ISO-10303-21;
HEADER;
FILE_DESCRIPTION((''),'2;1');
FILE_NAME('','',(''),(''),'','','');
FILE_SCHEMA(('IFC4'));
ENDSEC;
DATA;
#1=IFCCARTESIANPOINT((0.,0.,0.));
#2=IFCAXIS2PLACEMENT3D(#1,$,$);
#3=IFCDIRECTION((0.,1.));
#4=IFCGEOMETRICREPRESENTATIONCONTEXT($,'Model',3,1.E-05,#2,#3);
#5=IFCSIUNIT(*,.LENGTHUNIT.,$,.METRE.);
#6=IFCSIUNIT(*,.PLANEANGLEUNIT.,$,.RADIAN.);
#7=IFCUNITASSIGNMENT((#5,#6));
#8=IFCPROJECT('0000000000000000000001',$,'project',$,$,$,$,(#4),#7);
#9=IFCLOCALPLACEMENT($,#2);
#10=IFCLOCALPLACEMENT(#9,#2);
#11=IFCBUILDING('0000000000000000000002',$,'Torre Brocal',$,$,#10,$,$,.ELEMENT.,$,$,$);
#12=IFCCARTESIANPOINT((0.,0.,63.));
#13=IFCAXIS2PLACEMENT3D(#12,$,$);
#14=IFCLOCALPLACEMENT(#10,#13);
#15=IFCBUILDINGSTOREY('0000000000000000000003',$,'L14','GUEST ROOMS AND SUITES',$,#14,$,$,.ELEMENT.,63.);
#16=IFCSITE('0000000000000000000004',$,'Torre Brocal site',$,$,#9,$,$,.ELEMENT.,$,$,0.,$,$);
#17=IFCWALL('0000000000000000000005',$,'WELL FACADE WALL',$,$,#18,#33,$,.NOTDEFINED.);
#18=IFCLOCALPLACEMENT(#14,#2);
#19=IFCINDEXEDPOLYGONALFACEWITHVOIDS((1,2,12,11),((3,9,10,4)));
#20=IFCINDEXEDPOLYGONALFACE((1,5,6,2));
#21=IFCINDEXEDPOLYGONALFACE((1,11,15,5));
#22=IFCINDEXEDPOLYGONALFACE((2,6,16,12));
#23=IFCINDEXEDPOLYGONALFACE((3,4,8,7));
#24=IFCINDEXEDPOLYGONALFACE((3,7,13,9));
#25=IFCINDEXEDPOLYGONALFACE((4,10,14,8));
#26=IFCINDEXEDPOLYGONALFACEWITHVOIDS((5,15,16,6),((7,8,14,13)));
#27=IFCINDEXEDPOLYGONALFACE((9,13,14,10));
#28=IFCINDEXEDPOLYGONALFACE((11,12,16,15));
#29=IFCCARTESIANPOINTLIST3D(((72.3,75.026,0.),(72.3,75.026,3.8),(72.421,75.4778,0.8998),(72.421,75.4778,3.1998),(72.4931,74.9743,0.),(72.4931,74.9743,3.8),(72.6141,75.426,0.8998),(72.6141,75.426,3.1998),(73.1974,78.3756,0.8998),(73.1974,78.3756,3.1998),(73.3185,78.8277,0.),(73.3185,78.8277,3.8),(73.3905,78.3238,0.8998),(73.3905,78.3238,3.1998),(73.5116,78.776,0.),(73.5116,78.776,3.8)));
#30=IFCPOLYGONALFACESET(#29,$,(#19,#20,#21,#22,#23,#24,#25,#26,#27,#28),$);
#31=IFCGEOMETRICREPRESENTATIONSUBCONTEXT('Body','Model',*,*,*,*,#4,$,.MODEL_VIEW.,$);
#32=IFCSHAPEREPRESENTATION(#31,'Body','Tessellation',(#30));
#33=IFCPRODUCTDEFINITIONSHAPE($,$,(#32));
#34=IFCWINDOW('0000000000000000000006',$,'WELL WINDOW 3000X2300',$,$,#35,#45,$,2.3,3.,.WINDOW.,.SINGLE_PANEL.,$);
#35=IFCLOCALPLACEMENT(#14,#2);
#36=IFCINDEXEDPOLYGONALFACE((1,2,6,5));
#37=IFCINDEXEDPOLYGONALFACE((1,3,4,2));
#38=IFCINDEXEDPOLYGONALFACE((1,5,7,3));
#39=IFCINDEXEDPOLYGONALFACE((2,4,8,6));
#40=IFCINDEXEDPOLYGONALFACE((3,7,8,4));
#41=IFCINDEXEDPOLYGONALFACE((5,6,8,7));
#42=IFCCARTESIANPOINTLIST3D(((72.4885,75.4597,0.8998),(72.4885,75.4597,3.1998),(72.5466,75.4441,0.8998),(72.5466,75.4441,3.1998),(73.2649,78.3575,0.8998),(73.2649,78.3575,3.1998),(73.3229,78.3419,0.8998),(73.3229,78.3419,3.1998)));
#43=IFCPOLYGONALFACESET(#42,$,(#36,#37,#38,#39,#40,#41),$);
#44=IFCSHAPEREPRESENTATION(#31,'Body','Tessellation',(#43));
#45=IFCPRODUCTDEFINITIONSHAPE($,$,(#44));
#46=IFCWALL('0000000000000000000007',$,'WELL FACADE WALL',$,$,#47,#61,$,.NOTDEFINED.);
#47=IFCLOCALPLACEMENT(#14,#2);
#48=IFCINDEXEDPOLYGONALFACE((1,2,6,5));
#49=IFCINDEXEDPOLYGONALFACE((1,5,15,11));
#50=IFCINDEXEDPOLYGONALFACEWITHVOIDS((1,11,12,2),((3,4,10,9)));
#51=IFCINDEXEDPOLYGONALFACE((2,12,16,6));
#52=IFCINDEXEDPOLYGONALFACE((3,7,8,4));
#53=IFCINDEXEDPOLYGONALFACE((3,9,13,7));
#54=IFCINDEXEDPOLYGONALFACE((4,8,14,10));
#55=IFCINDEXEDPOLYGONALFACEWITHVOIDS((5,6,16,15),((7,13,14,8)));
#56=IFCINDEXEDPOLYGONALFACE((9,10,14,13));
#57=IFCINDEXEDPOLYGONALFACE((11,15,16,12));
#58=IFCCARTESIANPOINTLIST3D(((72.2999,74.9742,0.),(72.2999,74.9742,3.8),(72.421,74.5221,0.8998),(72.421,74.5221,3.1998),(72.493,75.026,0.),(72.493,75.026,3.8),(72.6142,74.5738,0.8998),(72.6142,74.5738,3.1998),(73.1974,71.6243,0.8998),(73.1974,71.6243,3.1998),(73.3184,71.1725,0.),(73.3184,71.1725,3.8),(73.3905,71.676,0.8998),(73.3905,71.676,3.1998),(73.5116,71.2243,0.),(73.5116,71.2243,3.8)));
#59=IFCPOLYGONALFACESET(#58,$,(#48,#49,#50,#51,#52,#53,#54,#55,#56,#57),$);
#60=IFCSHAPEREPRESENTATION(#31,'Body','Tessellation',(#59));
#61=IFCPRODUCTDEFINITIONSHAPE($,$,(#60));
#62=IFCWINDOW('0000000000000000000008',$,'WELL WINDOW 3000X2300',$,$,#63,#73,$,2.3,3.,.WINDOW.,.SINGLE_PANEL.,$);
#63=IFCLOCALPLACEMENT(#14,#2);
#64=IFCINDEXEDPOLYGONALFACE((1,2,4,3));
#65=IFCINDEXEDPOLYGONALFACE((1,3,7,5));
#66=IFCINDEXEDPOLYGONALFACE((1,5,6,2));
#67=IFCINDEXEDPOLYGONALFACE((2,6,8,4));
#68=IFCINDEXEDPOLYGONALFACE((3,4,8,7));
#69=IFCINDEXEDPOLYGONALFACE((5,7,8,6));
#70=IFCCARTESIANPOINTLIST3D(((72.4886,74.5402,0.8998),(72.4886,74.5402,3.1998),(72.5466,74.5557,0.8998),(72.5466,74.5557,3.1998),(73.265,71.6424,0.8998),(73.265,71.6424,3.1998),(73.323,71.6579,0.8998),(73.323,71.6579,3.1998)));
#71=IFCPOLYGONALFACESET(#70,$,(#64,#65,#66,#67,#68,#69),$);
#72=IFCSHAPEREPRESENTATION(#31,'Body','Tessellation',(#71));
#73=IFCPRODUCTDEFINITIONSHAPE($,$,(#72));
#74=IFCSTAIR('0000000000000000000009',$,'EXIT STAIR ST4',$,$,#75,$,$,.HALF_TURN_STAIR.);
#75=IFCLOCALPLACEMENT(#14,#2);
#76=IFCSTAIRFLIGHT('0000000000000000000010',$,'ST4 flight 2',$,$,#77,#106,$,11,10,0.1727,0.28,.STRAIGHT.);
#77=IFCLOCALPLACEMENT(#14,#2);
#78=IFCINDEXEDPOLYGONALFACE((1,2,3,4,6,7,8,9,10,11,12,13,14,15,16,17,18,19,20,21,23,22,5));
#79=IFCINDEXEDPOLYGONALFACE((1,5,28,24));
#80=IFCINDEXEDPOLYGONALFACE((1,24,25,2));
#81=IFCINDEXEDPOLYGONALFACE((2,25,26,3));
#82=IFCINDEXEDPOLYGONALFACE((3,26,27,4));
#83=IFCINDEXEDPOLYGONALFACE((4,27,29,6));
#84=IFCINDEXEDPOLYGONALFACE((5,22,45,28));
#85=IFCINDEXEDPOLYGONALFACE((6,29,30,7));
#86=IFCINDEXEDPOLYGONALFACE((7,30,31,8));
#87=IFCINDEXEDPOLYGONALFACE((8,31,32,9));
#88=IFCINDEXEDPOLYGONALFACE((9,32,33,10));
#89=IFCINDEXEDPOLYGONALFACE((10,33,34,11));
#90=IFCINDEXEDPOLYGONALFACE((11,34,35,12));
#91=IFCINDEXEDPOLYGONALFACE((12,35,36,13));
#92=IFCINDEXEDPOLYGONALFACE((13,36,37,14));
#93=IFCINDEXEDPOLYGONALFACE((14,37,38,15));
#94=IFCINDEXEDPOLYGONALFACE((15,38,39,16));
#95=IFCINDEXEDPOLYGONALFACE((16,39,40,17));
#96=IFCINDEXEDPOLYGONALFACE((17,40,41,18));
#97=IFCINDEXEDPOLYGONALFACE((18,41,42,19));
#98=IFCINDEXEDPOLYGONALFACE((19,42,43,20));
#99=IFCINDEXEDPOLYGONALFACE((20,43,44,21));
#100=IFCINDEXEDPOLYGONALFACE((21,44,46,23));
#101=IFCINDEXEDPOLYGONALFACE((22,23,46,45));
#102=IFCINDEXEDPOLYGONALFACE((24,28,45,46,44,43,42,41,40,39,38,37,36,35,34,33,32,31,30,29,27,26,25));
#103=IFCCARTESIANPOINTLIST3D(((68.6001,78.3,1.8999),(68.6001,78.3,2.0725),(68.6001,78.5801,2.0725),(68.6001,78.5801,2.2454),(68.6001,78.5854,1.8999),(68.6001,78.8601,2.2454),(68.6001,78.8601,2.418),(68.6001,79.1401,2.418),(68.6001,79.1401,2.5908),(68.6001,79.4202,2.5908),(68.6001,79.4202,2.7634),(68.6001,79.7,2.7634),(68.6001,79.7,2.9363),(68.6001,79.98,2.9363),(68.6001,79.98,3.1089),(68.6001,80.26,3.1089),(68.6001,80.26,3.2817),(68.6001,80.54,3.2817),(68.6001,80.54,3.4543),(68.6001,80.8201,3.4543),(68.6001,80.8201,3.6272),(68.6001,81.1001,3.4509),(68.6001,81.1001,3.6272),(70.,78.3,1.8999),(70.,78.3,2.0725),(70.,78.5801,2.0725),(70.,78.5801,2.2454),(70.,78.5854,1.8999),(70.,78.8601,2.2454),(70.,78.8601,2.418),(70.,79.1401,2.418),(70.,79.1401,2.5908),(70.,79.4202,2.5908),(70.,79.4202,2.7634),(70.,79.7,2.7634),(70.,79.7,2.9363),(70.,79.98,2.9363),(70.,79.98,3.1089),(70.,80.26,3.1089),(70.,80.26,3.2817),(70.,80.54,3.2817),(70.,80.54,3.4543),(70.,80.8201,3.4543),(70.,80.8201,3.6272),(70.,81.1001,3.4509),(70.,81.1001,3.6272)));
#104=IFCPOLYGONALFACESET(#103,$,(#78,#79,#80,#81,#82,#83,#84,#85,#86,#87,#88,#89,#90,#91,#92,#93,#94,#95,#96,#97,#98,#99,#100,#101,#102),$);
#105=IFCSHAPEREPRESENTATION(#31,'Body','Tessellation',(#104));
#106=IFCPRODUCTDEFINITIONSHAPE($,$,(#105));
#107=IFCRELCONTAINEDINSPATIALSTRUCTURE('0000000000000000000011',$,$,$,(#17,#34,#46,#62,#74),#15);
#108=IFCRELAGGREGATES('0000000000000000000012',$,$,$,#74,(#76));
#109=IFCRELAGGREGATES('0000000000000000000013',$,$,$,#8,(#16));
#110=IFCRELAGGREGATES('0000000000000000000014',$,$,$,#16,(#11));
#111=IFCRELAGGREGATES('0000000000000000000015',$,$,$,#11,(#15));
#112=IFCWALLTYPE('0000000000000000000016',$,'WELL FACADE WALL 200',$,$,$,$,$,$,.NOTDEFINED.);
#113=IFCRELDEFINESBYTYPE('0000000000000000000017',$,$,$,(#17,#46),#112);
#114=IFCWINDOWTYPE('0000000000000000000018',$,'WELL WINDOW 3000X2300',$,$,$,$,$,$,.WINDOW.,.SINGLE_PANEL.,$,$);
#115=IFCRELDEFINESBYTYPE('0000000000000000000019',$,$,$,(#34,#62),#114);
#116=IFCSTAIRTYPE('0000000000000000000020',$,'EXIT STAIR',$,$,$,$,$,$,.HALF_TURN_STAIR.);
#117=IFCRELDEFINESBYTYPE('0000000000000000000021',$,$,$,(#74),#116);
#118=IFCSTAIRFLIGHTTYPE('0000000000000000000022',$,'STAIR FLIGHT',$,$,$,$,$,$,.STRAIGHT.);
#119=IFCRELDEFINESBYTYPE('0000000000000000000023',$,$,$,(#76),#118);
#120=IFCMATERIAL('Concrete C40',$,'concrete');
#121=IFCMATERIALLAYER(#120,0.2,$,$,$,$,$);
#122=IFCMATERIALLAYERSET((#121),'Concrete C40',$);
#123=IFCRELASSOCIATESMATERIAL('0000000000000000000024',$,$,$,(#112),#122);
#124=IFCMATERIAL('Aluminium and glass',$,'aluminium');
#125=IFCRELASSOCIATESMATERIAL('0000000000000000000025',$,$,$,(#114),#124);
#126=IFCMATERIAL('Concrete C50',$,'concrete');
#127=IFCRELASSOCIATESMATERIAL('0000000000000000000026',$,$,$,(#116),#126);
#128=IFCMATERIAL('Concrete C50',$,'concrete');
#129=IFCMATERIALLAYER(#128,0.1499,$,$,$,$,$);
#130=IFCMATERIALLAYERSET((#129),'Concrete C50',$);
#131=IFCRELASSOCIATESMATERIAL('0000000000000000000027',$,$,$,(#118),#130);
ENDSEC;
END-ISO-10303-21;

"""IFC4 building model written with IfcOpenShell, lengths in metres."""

from ifc_helpers import new_model, si_unit, direction, frame, frame_2d, origin, place, context, subcontext, project, spatial, polyline, rectangle, outline, extrude, material, layer, layer_set, type_object, element, fill, aggregate, save


model = new_model("IFC4")

# Units and contexts
model_context = context("Model", 3, precision=1e-05, world=origin(), true_north=direction((0.0, 1.0)))
body_context = subcontext(model_context, "Body", "Model", "MODEL_VIEW")
ifc_project = project(units=[si_unit("LENGTHUNIT", "METRE"), si_unit("PLANEANGLEUNIT", "RADIAN")], contexts=[model_context])

# Site, building, storey
site_placement = place(None, origin())
site = spatial("IfcSite", under=ifc_project, at=site_placement, Name="Torre Brocal site", CompositionType="ELEMENT", RefElevation=0.0)
building_placement = place(site_placement, origin())
building = spatial("IfcBuilding", under=site, at=building_placement, Name="Torre Brocal", CompositionType="ELEMENT")
storey_placement = place(building_placement, frame((0.0, 0.0, 63.0)))
storey = spatial("IfcBuildingStorey", under=building, at=storey_placement, Name="L14", Description="GUEST ROOMS AND SUITES", CompositionType="ELEMENT", Elevation=63.0)

# Walls, openings, windows
ifc_material_1 = material(Name="Concrete C40", Category="concrete")
ifc_layer_1 = layer(ifc_material_1, 0.2)
ifc_layer_set_1 = layer_set([ifc_layer_1], Name="Concrete C40")
wall_type_1 = type_object("IfcWallType", Name="WELL FACADE WALL 200", PredefinedType="NOTDEFINED", material=ifc_layer_set_1)
wall_1_placement = place(storey_placement, frame((73.415, 78.8018, 0.0), z_axis=(0.0, 0.0, 1.0), x_axis=(-0.25879, -0.965934, 0.0)))
wall_1 = element("IfcWall", 1, at=wall_1_placement, inside=storey, type_object=wall_type_1, Name="WELL FACADE WALL", PredefinedType="NOTDEFINED", context=body_context, shape_type="SweptSolid", body=[
    extrude(rectangle(XDim=3.9358, YDim=0.2, at=frame_2d((1.9678, 0.0))), origin(), (0.0, 0.0, 1.0), 3.8),
])
opening_1_placement = place(wall_1_placement, frame((0.468, 0.0, 0.8999)))
opening_1 = element("IfcOpeningElement", 2, at=opening_1_placement, cuts=wall_1, PredefinedType="OPENING", context=body_context, shape_type="SweptSolid", body=[
    extrude(rectangle(XDim=3.0, YDim=2.3, at=frame_2d((1.5, 1.1499))), frame((0.0, 0.1099, 0.0), z_axis=(0.0, -1.0, 0.0), x_axis=(1.0, 0.0, 0.0)), (0.0, 0.0, 1.0), 0.22),
])
ifc_material_2 = material(Name="Aluminium and glass", Category="aluminium")
window_type = type_object("IfcWindowType", Name="WELL WINDOW 3000X2300", PartitioningType="SINGLE_PANEL", PredefinedType="WINDOW", material=ifc_material_2)
window_1_placement = place(opening_1_placement, origin())
window_1 = element("IfcWindow", 3, at=window_1_placement, inside=storey, type_object=window_type, Name="WELL WINDOW 3000X2300", OverallHeight=2.3, OverallWidth=3.0, PartitioningType="SINGLE_PANEL", PredefinedType="WINDOW", context=body_context, shape_type="SweptSolid", body=[
    extrude(rectangle(XDim=3.0, YDim=2.3, at=frame_2d((1.5, 1.1499))), frame((0.0, 0.03, 0.0), z_axis=(0.0, -1.0, 0.0), x_axis=(1.0, 0.0, 0.0)), (0.0, 0.0, 1.0), 0.0601),
])
fill(opening_1, window_1)
wall_2_placement = place(storey_placement, frame((72.3965, 75.0, 0.0), z_axis=(0.0, 0.0, 1.0), x_axis=(0.25879, -0.965934, 0.0)))
wall_2 = element("IfcWall", 4, at=wall_2_placement, inside=storey, type_object=wall_type_1, Name="WELL FACADE WALL", PredefinedType="NOTDEFINED", context=body_context, shape_type="SweptSolid", body=[
    extrude(rectangle(XDim=3.9358, YDim=0.2, at=frame_2d((1.9678, 0.0))), origin(), (0.0, 0.0, 1.0), 3.8),
])
opening_2_placement = place(wall_2_placement, frame((0.468, 0.0, 0.8999)))
opening_2 = element("IfcOpeningElement", 5, at=opening_2_placement, cuts=wall_2, PredefinedType="OPENING", context=body_context, shape_type="SweptSolid", body=[
    extrude(rectangle(XDim=3.0, YDim=2.3, at=frame_2d((1.5, 1.1499))), frame((0.0, 0.1099, 0.0), z_axis=(0.0, -1.0, 0.0), x_axis=(1.0, 0.0, 0.0)), (0.0, 0.0, 1.0), 0.22),
])
window_2_placement = place(opening_2_placement, origin())
window_2 = element("IfcWindow", 6, at=window_2_placement, inside=storey, type_object=window_type, Name="WELL WINDOW 3000X2300", OverallHeight=2.3, OverallWidth=3.0, PartitioningType="SINGLE_PANEL", PredefinedType="WINDOW", context=body_context, shape_type="SweptSolid", body=[
    extrude(rectangle(XDim=3.0, YDim=2.3, at=frame_2d((1.5, 1.1499))), frame((0.0, 0.03, 0.0), z_axis=(0.0, -1.0, 0.0), x_axis=(1.0, 0.0, 0.0)), (0.0, 0.0, 1.0), 0.0601),
])
fill(opening_2, window_2)

# Stair, stair flight
ifc_material_3 = material(Name="Concrete C50", Category="concrete")
stair_type = type_object("IfcStairType", Name="EXIT STAIR", PredefinedType="HALF_TURN_STAIR", material=ifc_material_3)
stair_placement = place(storey_placement, origin())
stair = element("IfcStair", 7, at=stair_placement, inside=storey, type_object=stair_type, Name="EXIT STAIR ST4", PredefinedType="HALF_TURN_STAIR")
ifc_material_4 = material(Name="Concrete C50", Category="concrete")
ifc_layer_2 = layer(ifc_material_4, 0.1499)
ifc_layer_set_2 = layer_set([ifc_layer_2], Name="Concrete C50")
stair_flight_type = type_object("IfcStairFlightType", Name="STAIR FLIGHT", PredefinedType="STRAIGHT", material=ifc_layer_set_2)
stair_flight_placement = place(storey_placement, frame((69.3, 78.3, 1.8999), z_axis=(0.0, 0.0, 1.0), x_axis=(0.0, 1.0, 0.0)))
stair_flight = element("IfcStairFlight", 8, at=stair_flight_placement, type_object=stair_flight_type, Name="ST4 flight 2", NumberOfRisers=11, NumberOfTreads=10, PredefinedType="STRAIGHT", RiserHeight=0.1727, TreadLength=0.28, context=body_context, shape_type="SweptSolid", body=[
    extrude(outline(polyline([(0.0, 0.0), (0.0, 0.1726), (0.28, 0.1726), (0.28, 0.3455), (0.5601, 0.3455), (0.5601, 0.5181), (0.8401, 0.5181), (0.8401, 0.6909), (1.1201, 0.6909), (1.1201, 0.8635), (1.3999, 0.8635), (1.3999, 1.0364), (1.6799, 1.0364), (1.6799, 1.209), (1.96, 1.209), (1.96, 1.3818), (2.24, 1.3818), (2.24, 1.5544), (2.52, 1.5544), (2.52, 1.7273), (2.8, 1.7273), (2.8, 1.8999), (2.8, 1.551), (0.2854, 0.0), (0.0, 0.0)])), frame((0.0, 0.7, 0.0), z_axis=(0.0, -1.0, 0.0), x_axis=(1.0, 0.0, 0.0)), (0.0, 0.0, 1.0), 1.3999),
])
aggregate(stair, [stair_flight])

save(model, "model.ifc")
